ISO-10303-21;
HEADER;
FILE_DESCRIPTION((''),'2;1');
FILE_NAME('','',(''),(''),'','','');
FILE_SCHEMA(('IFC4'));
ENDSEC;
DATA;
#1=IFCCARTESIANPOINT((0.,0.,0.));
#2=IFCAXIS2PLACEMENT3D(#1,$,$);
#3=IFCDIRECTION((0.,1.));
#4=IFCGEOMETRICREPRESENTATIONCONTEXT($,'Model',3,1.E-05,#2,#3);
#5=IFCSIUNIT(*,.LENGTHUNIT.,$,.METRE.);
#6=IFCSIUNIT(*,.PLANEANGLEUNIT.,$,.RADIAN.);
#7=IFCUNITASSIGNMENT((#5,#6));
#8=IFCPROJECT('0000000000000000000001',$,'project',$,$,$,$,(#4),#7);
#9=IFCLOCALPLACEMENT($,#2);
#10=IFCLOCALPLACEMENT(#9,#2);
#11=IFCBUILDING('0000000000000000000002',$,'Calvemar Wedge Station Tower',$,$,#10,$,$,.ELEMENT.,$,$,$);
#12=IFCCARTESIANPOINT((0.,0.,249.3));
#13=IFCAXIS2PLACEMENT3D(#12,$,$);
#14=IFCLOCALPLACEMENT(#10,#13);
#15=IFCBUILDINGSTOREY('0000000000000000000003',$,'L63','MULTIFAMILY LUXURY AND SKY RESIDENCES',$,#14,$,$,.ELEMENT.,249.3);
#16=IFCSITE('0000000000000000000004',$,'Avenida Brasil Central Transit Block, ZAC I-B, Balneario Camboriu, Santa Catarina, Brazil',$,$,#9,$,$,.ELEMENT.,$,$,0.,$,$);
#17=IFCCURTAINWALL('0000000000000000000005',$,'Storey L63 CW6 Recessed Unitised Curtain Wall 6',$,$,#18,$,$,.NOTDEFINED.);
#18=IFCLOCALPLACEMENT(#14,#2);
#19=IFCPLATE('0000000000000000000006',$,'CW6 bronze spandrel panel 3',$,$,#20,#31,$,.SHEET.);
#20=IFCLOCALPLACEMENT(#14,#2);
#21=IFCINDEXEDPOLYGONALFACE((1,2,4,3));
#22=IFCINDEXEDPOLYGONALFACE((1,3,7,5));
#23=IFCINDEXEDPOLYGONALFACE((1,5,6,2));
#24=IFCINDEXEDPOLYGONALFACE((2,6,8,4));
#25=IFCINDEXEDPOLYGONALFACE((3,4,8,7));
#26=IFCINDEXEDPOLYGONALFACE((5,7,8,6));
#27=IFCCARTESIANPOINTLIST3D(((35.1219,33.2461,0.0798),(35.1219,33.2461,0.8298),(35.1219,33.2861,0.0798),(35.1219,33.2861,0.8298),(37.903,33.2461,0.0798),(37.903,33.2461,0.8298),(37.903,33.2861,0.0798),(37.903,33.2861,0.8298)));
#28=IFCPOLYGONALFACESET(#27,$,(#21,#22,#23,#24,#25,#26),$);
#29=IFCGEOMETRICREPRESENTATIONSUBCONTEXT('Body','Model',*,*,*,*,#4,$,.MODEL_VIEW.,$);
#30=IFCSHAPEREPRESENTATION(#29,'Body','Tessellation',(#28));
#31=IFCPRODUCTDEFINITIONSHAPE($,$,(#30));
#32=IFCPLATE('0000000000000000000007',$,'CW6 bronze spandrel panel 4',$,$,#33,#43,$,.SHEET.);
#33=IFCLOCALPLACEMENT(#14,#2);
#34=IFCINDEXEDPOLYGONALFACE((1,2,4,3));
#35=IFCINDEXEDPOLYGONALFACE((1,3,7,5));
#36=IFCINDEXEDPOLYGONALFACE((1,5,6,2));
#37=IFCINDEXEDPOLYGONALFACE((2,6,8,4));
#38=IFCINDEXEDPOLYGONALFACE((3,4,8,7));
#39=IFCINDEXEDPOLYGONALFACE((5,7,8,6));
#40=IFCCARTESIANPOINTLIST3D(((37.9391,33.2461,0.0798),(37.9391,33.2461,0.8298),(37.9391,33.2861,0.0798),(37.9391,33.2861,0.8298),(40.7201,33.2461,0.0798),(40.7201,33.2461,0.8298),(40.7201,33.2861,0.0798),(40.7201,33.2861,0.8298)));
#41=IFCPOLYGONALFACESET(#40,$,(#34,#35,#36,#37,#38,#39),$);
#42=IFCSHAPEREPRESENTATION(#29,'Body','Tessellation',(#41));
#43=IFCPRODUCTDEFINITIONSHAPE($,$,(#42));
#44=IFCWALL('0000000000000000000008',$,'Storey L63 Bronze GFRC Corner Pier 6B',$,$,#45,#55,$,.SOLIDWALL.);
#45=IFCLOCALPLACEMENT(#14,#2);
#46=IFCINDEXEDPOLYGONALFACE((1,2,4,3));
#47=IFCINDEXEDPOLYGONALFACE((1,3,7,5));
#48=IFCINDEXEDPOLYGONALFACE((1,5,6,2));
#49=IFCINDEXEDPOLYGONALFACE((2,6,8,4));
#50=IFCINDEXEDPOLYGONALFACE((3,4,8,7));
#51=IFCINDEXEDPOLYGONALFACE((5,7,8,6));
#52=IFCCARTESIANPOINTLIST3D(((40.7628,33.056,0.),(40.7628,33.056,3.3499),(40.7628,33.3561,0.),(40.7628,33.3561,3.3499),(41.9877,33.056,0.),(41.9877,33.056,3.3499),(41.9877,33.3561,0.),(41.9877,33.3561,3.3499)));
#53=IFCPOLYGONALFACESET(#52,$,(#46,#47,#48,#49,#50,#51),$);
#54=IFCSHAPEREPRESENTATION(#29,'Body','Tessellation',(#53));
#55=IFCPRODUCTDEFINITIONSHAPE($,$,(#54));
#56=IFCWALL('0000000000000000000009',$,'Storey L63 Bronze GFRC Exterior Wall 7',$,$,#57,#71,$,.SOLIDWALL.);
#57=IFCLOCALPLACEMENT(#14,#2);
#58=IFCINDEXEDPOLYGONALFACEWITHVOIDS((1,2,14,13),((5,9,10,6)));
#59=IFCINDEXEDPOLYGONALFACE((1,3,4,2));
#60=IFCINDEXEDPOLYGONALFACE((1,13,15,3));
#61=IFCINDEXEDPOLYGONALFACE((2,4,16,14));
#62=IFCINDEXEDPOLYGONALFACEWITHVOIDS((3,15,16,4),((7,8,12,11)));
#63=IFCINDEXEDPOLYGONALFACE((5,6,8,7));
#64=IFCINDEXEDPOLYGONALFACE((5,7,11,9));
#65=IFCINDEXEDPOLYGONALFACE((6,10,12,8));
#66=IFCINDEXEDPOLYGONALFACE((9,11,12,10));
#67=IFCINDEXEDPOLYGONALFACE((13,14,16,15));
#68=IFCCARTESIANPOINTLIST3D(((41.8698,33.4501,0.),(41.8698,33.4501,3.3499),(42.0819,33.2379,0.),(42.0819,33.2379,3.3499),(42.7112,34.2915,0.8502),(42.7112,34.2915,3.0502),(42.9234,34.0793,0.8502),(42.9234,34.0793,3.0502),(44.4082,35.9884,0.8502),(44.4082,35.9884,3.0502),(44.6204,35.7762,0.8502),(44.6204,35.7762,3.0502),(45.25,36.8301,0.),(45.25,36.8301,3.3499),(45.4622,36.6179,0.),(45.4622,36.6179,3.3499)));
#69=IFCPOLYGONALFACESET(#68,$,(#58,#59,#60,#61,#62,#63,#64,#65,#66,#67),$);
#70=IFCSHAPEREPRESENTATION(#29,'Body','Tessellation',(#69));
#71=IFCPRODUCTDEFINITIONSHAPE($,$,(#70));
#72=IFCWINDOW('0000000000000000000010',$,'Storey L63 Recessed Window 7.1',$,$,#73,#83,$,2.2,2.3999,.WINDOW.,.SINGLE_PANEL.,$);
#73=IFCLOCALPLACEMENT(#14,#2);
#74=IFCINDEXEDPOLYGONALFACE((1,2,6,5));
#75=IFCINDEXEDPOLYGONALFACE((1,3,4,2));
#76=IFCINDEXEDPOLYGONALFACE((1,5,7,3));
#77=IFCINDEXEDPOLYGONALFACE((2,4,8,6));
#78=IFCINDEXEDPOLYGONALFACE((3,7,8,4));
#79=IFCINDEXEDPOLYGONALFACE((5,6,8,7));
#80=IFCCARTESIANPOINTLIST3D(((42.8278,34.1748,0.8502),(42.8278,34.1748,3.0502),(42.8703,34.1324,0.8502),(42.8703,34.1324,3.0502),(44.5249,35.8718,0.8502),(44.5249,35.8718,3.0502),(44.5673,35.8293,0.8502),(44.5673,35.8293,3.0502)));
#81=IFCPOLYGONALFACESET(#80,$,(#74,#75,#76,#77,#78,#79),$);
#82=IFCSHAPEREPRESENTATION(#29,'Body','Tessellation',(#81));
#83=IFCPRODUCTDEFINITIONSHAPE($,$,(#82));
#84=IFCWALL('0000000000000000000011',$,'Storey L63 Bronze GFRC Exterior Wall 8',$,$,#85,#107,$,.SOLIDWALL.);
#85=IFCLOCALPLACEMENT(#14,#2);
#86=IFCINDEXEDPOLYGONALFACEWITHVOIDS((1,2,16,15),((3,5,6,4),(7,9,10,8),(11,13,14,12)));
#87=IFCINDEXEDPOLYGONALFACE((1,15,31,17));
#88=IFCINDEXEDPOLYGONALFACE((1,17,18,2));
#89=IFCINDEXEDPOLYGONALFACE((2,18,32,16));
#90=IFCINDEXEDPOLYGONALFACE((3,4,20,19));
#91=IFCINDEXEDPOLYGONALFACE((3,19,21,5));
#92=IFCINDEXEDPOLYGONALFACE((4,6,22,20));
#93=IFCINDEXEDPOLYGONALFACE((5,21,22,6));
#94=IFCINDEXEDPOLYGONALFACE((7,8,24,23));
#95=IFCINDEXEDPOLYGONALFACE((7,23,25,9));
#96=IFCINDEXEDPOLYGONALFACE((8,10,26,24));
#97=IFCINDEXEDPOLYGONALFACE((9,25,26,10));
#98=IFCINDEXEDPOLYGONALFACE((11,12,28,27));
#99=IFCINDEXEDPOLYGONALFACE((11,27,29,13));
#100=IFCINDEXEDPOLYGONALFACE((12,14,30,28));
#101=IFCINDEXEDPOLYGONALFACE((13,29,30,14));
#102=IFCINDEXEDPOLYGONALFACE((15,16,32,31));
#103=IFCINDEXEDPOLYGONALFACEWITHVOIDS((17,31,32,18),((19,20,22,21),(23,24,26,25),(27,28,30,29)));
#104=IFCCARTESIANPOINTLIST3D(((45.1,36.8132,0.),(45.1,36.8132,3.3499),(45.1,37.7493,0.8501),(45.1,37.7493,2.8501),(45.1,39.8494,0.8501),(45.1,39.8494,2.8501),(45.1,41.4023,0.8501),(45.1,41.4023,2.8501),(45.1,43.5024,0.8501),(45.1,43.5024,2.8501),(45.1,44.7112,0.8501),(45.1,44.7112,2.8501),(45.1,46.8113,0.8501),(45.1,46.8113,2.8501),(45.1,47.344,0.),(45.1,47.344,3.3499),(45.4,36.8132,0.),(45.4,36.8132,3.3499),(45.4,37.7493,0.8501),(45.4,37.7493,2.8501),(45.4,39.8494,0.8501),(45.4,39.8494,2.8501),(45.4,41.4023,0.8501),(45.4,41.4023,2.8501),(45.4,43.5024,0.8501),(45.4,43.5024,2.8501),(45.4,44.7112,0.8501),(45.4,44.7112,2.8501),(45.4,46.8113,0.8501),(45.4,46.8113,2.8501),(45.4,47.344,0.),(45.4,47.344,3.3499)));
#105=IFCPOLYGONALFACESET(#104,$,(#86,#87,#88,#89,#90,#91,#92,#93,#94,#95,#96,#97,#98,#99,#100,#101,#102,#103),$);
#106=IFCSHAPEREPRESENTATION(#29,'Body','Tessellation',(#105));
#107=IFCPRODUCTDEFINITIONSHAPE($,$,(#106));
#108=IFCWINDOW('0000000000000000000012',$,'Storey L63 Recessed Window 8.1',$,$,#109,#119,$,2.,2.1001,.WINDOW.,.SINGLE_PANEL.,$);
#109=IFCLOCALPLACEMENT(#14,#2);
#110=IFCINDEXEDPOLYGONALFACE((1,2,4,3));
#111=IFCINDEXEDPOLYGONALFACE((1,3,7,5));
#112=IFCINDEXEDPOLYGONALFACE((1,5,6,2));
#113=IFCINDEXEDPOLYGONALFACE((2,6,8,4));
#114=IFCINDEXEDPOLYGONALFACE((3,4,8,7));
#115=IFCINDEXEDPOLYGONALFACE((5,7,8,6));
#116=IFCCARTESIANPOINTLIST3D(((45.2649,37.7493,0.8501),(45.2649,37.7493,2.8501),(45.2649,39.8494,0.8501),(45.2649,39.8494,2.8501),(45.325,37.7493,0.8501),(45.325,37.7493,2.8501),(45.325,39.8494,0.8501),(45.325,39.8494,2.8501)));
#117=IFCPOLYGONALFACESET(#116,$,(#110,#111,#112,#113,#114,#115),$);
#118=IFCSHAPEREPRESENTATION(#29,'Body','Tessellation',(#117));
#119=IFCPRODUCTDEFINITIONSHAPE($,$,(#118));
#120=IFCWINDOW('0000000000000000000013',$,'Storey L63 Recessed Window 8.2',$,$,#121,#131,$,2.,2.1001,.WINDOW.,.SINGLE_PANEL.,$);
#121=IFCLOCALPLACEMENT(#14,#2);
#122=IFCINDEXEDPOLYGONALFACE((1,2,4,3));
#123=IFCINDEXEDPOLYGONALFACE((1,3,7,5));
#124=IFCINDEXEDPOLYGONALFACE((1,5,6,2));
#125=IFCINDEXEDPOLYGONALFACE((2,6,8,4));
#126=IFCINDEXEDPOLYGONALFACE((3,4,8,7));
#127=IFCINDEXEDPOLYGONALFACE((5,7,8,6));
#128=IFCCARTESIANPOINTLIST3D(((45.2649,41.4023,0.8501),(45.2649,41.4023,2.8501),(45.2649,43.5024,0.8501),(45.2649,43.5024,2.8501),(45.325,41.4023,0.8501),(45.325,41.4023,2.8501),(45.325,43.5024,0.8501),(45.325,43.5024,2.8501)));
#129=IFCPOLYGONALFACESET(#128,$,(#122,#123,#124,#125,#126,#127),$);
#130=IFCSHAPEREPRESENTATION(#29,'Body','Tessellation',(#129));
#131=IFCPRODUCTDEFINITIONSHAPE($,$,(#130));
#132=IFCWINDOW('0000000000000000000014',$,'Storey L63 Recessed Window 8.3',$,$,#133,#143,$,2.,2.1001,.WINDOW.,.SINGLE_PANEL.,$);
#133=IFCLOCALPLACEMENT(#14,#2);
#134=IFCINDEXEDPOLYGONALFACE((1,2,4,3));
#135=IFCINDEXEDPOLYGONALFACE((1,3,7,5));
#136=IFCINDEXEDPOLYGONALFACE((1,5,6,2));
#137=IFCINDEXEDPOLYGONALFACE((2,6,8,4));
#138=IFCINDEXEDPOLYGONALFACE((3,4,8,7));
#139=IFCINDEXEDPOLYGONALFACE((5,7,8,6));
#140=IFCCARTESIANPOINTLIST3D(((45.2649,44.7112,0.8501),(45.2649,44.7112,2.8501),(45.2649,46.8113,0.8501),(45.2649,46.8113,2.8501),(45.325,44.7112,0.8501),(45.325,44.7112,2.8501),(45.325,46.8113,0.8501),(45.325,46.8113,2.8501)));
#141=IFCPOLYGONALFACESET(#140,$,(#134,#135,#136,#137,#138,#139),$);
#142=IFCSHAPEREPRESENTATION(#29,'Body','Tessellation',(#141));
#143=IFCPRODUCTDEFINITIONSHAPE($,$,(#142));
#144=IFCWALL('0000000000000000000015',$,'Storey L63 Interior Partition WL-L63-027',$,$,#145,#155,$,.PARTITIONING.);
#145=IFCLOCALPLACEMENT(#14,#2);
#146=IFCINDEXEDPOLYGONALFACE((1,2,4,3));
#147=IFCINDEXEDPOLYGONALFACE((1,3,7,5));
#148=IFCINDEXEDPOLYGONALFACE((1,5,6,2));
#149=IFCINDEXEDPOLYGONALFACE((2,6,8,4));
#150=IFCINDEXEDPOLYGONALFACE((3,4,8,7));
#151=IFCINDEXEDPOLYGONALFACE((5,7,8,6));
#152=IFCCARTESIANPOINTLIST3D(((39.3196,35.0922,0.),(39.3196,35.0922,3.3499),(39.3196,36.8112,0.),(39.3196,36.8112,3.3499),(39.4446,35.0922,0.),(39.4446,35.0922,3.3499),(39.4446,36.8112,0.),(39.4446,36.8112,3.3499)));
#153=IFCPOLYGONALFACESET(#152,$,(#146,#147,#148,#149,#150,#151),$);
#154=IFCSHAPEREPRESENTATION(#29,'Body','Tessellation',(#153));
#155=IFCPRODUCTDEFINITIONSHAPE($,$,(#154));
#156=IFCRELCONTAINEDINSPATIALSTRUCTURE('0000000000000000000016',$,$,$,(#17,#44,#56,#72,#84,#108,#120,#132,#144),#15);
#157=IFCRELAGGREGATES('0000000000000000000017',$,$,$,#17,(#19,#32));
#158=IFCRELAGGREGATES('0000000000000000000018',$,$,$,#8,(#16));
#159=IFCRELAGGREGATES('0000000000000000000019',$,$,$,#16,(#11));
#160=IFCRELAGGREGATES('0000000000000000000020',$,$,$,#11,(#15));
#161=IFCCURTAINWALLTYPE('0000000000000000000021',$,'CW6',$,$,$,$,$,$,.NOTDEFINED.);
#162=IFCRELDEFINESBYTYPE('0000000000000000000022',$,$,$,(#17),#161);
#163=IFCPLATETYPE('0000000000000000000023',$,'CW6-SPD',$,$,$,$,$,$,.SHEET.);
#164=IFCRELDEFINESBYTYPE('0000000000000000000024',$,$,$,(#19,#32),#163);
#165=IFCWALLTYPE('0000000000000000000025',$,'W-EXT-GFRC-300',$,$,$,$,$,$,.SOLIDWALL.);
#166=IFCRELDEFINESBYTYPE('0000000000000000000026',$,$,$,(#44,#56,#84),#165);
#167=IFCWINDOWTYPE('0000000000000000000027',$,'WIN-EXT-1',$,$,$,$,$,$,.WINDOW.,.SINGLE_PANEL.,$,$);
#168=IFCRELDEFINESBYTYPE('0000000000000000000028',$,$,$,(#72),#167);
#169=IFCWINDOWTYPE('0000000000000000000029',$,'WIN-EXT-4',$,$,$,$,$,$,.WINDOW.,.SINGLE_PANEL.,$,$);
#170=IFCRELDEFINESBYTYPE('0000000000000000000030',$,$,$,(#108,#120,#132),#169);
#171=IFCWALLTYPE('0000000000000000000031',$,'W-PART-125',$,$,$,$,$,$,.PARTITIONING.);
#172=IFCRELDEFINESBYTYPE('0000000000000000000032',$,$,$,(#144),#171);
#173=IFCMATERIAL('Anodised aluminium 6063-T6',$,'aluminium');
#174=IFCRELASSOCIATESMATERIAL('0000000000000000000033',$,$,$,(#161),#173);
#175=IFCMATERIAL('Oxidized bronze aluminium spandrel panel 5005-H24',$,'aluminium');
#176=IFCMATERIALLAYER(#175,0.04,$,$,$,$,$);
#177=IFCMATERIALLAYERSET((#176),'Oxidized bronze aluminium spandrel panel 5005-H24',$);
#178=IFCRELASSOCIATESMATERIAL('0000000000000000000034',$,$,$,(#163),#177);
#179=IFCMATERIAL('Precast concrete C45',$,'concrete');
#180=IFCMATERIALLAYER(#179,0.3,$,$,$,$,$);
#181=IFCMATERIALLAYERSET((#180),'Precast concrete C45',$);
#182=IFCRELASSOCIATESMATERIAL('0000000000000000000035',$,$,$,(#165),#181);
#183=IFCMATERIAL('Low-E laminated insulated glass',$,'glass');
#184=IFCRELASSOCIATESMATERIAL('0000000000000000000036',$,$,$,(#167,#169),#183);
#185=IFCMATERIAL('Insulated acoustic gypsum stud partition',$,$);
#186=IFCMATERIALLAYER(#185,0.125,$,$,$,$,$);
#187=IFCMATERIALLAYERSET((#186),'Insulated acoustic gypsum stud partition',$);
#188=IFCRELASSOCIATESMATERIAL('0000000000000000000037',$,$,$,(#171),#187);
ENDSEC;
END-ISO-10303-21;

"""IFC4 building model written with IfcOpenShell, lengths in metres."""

from ifc_helpers import new_model, si_unit, direction, frame, frame_2d, origin, place, context, subcontext, project, spatial, rectangle, extrude, source, transform, mapped, material, layer, layer_set, type_object, element, fill, aggregate, save


model = new_model("IFC4")

# Units and contexts
model_context = context("Model", 3, precision=1e-05, world=origin(), true_north=direction((0.0, 1.0)))
body_context = subcontext(model_context, "Body", "Model", "MODEL_VIEW")
ifc_project = project(units=[si_unit("LENGTHUNIT", "METRE"), si_unit("PLANEANGLEUNIT", "RADIAN")], contexts=[model_context])

# Site, building, storey
site_placement = place(None, origin())
site = spatial("IfcSite", under=ifc_project, at=site_placement, Name="Avenida Brasil Central Transit Block, ZAC I-B, Balneario Camboriu, Santa Catarina, Brazil", CompositionType="ELEMENT", RefElevation=0.0)
building_placement = place(site_placement, origin())
building = spatial("IfcBuilding", under=site, at=building_placement, Name="Calvemar Wedge Station Tower", CompositionType="ELEMENT")
storey_placement = place(building_placement, frame((0.0, 0.0, 249.3)))
storey = spatial("IfcBuildingStorey", under=building, at=storey_placement, Name="L63", Description="MULTIFAMILY LUXURY AND SKY RESIDENCES", CompositionType="ELEMENT", Elevation=249.3)

# Curtain wall, plates
ifc_material_1 = material(Name="Anodised aluminium 6063-T6", Category="aluminium")
curtain_wall_type = type_object("IfcCurtainWallType", Name="CW6", PredefinedType="NOTDEFINED", material=ifc_material_1)
curtain_wall_placement = place(storey_placement, origin())
curtain_wall = element("IfcCurtainWall", 1, at=curtain_wall_placement, inside=storey, type_object=curtain_wall_type, Name="Storey L63 CW6 Recessed Unitised Curtain Wall 6", PredefinedType="NOTDEFINED")
ifc_material_2 = material(Name="Low-E laminated insulated glass", Category="glass")
ifc_material_3 = material(Name="Oxidized bronze aluminium spandrel panel 5005-H24", Category="aluminium")
ifc_layer_1 = layer(ifc_material_3, 0.04)
ifc_layer_set_1 = layer_set([ifc_layer_1], Name="Oxidized bronze aluminium spandrel panel 5005-H24")
plate_type_1 = type_object("IfcPlateType", Name="CW6-SPD", PredefinedType="SHEET", material=ifc_layer_set_1)
plate_1_placement = place(storey_placement, frame((35.1218, 33.2661, 0.0798), z_axis=(0.0, 0.0, 1.0), x_axis=(1.0, 0.0, 0.0)))
plate_1 = element("IfcPlate", 2, at=plate_1_placement, type_object=plate_type_1, Name="CW6 bronze spandrel panel 3", PredefinedType="SHEET", context=body_context, shape_type="SweptSolid", body=[
    extrude(rectangle(XDim=2.781, YDim=0.04, at=frame_2d((1.3906, 0.0))), origin(), (0.0, 0.0, 1.0), 0.75),
])
plate_2_placement = place(storey_placement, frame((37.939, 33.2661, 0.0798), z_axis=(0.0, 0.0, 1.0), x_axis=(1.0, 0.0, 0.0)))
plate_2 = element("IfcPlate", 3, at=plate_2_placement, type_object=plate_type_1, Name="CW6 bronze spandrel panel 4", PredefinedType="SHEET", context=body_context, shape_type="SweptSolid", body=[
    extrude(rectangle(XDim=2.781, YDim=0.04, at=frame_2d((1.3906, 0.0))), origin(), (0.0, 0.0, 1.0), 0.75),
])
aggregate(curtain_wall, [plate_1, plate_2])

# Wall
ifc_material_4 = material(Name="Precast concrete C45", Category="concrete")
ifc_layer_2 = layer(ifc_material_4, 0.3)
ifc_layer_set_2 = layer_set([ifc_layer_2], Name="Precast concrete C45")
wall_type_1 = type_object("IfcWallType", Name="W-EXT-GFRC-300", PredefinedType="SOLIDWALL", material=ifc_layer_set_2)
wall_1_placement = place(storey_placement, frame((40.7629, 33.2061, 0.0), z_axis=(0.0, 0.0, 1.0), x_axis=(1.0, 0.0, 0.0)))
element("IfcWall", 4, at=wall_1_placement, inside=storey, type_object=wall_type_1, Name="Storey L63 Bronze GFRC Corner Pier 6B", PredefinedType="SOLIDWALL", context=body_context, shape_type="SweptSolid", body=[
    extrude(rectangle(XDim=1.2249, YDim=0.3, at=frame_2d((0.6123, 0.0))), origin(), (0.0, 0.0, 1.0), 3.3499),
])

# Wall, opening, window
wall_2_placement = place(storey_placement, frame((41.9758, 33.344, 0.0), z_axis=(0.0, 0.0, 1.0), x_axis=(0.707132, 0.707081, 0.0)))
wall_2 = element("IfcWall", 5, at=wall_2_placement, inside=storey, type_object=wall_type_1, Name="Storey L63 Bronze GFRC Exterior Wall 7", PredefinedType="SOLIDWALL", context=body_context, shape_type="SweptSolid", body=[
    extrude(rectangle(XDim=4.7803, YDim=0.3, at=frame_2d((2.3901, 0.0))), origin(), (0.0, 0.0, 1.0), 3.3499),
])
shared_shape_1 = source(origin(), body_context, "Body", "SweptSolid", [
    extrude(rectangle(XDim=2.3999, YDim=2.2, at=frame_2d((1.2, 1.1001))), frame((0.0, 0.1602, 0.0), z_axis=(0.0, -1.0, 0.0), x_axis=(1.0, 0.0, 0.0)), (0.0, 0.0, 1.0), 0.3201),
])
opening_1_placement = place(wall_2_placement, frame((1.1899, 0.0, 0.8501)))
opening_1 = element("IfcOpeningElement", 6, at=opening_1_placement, cuts=wall_2, PredefinedType="OPENING", context=body_context, shape_type="MappedRepresentation", body=[
    mapped(shared_shape_1, transform((0.0, 0.0, 0.0), scale=1.0)),
])
window_type_1 = type_object("IfcWindowType", Name="WIN-EXT-1", PartitioningType="SINGLE_PANEL", PredefinedType="WINDOW", material=ifc_material_2)
shared_shape_2 = source(origin(), body_context, "Body", "SweptSolid", [
    extrude(rectangle(XDim=2.3999, YDim=2.2, at=frame_2d((1.2, 1.1001))), frame((0.0, -0.0149, 0.0), z_axis=(0.0, -1.0, 0.0), x_axis=(1.0, 0.0, 0.0)), (0.0, 0.0, 1.0), 0.0601),
])
window_1_placement = place(opening_1_placement, origin())
window_1 = element("IfcWindow", 7, at=window_1_placement, inside=storey, type_object=window_type_1, Name="Storey L63 Recessed Window 7.1", OverallHeight=2.2, OverallWidth=2.3999, PartitioningType="SINGLE_PANEL", PredefinedType="WINDOW", context=body_context, shape_type="MappedRepresentation", body=[
    mapped(shared_shape_2, transform((0.0, 0.0, 0.0), scale=1.0)),
])
fill(opening_1, window_1)

# Wall, openings, windows
wall_3_placement = place(storey_placement, frame((45.25, 36.8132, 0.0), z_axis=(0.0, 0.0, 1.0), x_axis=(0.0, 1.0, 0.0)))
wall_3 = element("IfcWall", 8, at=wall_3_placement, inside=storey, type_object=wall_type_1, Name="Storey L63 Bronze GFRC Exterior Wall 8", PredefinedType="SOLIDWALL", context=body_context, shape_type="SweptSolid", body=[
    extrude(rectangle(XDim=10.5308, YDim=0.3, at=frame_2d((5.2654, 0.0))), origin(), (0.0, 0.0, 1.0), 3.3499),
])
shared_shape_3 = source(origin(), body_context, "Body", "SweptSolid", [
    extrude(rectangle(XDim=2.1001, YDim=2.0, at=frame_2d((1.05, 1.0))), frame((0.0, 0.1602, 0.0), z_axis=(0.0, -1.0, 0.0), x_axis=(1.0, 0.0, 0.0)), (0.0, 0.0, 1.0), 0.3201),
])
opening_2_placement = place(wall_3_placement, frame((0.936, 0.0, 0.8501)))
opening_2 = element("IfcOpeningElement", 9, at=opening_2_placement, cuts=wall_3, PredefinedType="OPENING", context=body_context, shape_type="MappedRepresentation", body=[
    mapped(shared_shape_3, transform((0.0, 0.0, 0.0), scale=1.0)),
])
opening_3_placement = place(wall_3_placement, frame((4.5891, 0.0, 0.8501)))
opening_3 = element("IfcOpeningElement", 10, at=opening_3_placement, cuts=wall_3, PredefinedType="OPENING", context=body_context, shape_type="MappedRepresentation", body=[
    mapped(shared_shape_3, transform((0.0, 0.0, 0.0), scale=1.0)),
])
opening_4_placement = place(wall_3_placement, frame((7.8979, 0.0, 0.8501)))
opening_4 = element("IfcOpeningElement", 11, at=opening_4_placement, cuts=wall_3, PredefinedType="OPENING", context=body_context, shape_type="MappedRepresentation", body=[
    mapped(shared_shape_3, transform((0.0, 0.0, 0.0), scale=1.0)),
])
window_type_2 = type_object("IfcWindowType", Name="WIN-EXT-4", PartitioningType="SINGLE_PANEL", PredefinedType="WINDOW", material=ifc_material_2)
shared_shape_4 = source(origin(), body_context, "Body", "SweptSolid", [
    extrude(rectangle(XDim=2.1001, YDim=2.0, at=frame_2d((1.05, 1.0))), frame((0.0, -0.0149, 0.0), z_axis=(0.0, -1.0, 0.0), x_axis=(1.0, 0.0, 0.0)), (0.0, 0.0, 1.0), 0.0601),
])
window_2_placement = place(opening_2_placement, origin())
window_2 = element("IfcWindow", 12, at=window_2_placement, inside=storey, type_object=window_type_2, Name="Storey L63 Recessed Window 8.1", OverallHeight=2.0, OverallWidth=2.1001, PartitioningType="SINGLE_PANEL", PredefinedType="WINDOW", context=body_context, shape_type="MappedRepresentation", body=[
    mapped(shared_shape_4, transform((0.0, 0.0, 0.0), scale=1.0)),
])
fill(opening_2, window_2)
window_3_placement = place(opening_3_placement, origin())
window_3 = element("IfcWindow", 13, at=window_3_placement, inside=storey, type_object=window_type_2, Name="Storey L63 Recessed Window 8.2", OverallHeight=2.0, OverallWidth=2.1001, PartitioningType="SINGLE_PANEL", PredefinedType="WINDOW", context=body_context, shape_type="MappedRepresentation", body=[
    mapped(shared_shape_4, transform((0.0, 0.0, 0.0), scale=1.0)),
])
fill(opening_3, window_3)
window_4_placement = place(opening_4_placement, origin())
window_4 = element("IfcWindow", 14, at=window_4_placement, inside=storey, type_object=window_type_2, Name="Storey L63 Recessed Window 8.3", OverallHeight=2.0, OverallWidth=2.1001, PartitioningType="SINGLE_PANEL", PredefinedType="WINDOW", context=body_context, shape_type="MappedRepresentation", body=[
    mapped(shared_shape_4, transform((0.0, 0.0, 0.0), scale=1.0)),
])
fill(opening_4, window_4)

# Wall
ifc_material_5 = material(Name="Insulated acoustic gypsum stud partition")
ifc_layer_3 = layer(ifc_material_5, 0.125)
ifc_layer_set_3 = layer_set([ifc_layer_3], Name="Insulated acoustic gypsum stud partition")
wall_type_2 = type_object("IfcWallType", Name="W-PART-125", PredefinedType="PARTITIONING", material=ifc_layer_set_3)
wall_4_placement = place(storey_placement, frame((39.3821, 36.811, 0.0), z_axis=(0.0, 0.0, 1.0), x_axis=(0.0, -1.0, 0.0)))
element("IfcWall", 15, at=wall_4_placement, inside=storey, type_object=wall_type_2, Name="Storey L63 Interior Partition WL-L63-027", PredefinedType="PARTITIONING", context=body_context, shape_type="SweptSolid", body=[
    extrude(rectangle(XDim=1.719, YDim=0.125, at=frame_2d((0.8594, 0.0))), origin(), (0.0, 0.0, 1.0), 3.3499),
])

save(model, "model.ifc")
